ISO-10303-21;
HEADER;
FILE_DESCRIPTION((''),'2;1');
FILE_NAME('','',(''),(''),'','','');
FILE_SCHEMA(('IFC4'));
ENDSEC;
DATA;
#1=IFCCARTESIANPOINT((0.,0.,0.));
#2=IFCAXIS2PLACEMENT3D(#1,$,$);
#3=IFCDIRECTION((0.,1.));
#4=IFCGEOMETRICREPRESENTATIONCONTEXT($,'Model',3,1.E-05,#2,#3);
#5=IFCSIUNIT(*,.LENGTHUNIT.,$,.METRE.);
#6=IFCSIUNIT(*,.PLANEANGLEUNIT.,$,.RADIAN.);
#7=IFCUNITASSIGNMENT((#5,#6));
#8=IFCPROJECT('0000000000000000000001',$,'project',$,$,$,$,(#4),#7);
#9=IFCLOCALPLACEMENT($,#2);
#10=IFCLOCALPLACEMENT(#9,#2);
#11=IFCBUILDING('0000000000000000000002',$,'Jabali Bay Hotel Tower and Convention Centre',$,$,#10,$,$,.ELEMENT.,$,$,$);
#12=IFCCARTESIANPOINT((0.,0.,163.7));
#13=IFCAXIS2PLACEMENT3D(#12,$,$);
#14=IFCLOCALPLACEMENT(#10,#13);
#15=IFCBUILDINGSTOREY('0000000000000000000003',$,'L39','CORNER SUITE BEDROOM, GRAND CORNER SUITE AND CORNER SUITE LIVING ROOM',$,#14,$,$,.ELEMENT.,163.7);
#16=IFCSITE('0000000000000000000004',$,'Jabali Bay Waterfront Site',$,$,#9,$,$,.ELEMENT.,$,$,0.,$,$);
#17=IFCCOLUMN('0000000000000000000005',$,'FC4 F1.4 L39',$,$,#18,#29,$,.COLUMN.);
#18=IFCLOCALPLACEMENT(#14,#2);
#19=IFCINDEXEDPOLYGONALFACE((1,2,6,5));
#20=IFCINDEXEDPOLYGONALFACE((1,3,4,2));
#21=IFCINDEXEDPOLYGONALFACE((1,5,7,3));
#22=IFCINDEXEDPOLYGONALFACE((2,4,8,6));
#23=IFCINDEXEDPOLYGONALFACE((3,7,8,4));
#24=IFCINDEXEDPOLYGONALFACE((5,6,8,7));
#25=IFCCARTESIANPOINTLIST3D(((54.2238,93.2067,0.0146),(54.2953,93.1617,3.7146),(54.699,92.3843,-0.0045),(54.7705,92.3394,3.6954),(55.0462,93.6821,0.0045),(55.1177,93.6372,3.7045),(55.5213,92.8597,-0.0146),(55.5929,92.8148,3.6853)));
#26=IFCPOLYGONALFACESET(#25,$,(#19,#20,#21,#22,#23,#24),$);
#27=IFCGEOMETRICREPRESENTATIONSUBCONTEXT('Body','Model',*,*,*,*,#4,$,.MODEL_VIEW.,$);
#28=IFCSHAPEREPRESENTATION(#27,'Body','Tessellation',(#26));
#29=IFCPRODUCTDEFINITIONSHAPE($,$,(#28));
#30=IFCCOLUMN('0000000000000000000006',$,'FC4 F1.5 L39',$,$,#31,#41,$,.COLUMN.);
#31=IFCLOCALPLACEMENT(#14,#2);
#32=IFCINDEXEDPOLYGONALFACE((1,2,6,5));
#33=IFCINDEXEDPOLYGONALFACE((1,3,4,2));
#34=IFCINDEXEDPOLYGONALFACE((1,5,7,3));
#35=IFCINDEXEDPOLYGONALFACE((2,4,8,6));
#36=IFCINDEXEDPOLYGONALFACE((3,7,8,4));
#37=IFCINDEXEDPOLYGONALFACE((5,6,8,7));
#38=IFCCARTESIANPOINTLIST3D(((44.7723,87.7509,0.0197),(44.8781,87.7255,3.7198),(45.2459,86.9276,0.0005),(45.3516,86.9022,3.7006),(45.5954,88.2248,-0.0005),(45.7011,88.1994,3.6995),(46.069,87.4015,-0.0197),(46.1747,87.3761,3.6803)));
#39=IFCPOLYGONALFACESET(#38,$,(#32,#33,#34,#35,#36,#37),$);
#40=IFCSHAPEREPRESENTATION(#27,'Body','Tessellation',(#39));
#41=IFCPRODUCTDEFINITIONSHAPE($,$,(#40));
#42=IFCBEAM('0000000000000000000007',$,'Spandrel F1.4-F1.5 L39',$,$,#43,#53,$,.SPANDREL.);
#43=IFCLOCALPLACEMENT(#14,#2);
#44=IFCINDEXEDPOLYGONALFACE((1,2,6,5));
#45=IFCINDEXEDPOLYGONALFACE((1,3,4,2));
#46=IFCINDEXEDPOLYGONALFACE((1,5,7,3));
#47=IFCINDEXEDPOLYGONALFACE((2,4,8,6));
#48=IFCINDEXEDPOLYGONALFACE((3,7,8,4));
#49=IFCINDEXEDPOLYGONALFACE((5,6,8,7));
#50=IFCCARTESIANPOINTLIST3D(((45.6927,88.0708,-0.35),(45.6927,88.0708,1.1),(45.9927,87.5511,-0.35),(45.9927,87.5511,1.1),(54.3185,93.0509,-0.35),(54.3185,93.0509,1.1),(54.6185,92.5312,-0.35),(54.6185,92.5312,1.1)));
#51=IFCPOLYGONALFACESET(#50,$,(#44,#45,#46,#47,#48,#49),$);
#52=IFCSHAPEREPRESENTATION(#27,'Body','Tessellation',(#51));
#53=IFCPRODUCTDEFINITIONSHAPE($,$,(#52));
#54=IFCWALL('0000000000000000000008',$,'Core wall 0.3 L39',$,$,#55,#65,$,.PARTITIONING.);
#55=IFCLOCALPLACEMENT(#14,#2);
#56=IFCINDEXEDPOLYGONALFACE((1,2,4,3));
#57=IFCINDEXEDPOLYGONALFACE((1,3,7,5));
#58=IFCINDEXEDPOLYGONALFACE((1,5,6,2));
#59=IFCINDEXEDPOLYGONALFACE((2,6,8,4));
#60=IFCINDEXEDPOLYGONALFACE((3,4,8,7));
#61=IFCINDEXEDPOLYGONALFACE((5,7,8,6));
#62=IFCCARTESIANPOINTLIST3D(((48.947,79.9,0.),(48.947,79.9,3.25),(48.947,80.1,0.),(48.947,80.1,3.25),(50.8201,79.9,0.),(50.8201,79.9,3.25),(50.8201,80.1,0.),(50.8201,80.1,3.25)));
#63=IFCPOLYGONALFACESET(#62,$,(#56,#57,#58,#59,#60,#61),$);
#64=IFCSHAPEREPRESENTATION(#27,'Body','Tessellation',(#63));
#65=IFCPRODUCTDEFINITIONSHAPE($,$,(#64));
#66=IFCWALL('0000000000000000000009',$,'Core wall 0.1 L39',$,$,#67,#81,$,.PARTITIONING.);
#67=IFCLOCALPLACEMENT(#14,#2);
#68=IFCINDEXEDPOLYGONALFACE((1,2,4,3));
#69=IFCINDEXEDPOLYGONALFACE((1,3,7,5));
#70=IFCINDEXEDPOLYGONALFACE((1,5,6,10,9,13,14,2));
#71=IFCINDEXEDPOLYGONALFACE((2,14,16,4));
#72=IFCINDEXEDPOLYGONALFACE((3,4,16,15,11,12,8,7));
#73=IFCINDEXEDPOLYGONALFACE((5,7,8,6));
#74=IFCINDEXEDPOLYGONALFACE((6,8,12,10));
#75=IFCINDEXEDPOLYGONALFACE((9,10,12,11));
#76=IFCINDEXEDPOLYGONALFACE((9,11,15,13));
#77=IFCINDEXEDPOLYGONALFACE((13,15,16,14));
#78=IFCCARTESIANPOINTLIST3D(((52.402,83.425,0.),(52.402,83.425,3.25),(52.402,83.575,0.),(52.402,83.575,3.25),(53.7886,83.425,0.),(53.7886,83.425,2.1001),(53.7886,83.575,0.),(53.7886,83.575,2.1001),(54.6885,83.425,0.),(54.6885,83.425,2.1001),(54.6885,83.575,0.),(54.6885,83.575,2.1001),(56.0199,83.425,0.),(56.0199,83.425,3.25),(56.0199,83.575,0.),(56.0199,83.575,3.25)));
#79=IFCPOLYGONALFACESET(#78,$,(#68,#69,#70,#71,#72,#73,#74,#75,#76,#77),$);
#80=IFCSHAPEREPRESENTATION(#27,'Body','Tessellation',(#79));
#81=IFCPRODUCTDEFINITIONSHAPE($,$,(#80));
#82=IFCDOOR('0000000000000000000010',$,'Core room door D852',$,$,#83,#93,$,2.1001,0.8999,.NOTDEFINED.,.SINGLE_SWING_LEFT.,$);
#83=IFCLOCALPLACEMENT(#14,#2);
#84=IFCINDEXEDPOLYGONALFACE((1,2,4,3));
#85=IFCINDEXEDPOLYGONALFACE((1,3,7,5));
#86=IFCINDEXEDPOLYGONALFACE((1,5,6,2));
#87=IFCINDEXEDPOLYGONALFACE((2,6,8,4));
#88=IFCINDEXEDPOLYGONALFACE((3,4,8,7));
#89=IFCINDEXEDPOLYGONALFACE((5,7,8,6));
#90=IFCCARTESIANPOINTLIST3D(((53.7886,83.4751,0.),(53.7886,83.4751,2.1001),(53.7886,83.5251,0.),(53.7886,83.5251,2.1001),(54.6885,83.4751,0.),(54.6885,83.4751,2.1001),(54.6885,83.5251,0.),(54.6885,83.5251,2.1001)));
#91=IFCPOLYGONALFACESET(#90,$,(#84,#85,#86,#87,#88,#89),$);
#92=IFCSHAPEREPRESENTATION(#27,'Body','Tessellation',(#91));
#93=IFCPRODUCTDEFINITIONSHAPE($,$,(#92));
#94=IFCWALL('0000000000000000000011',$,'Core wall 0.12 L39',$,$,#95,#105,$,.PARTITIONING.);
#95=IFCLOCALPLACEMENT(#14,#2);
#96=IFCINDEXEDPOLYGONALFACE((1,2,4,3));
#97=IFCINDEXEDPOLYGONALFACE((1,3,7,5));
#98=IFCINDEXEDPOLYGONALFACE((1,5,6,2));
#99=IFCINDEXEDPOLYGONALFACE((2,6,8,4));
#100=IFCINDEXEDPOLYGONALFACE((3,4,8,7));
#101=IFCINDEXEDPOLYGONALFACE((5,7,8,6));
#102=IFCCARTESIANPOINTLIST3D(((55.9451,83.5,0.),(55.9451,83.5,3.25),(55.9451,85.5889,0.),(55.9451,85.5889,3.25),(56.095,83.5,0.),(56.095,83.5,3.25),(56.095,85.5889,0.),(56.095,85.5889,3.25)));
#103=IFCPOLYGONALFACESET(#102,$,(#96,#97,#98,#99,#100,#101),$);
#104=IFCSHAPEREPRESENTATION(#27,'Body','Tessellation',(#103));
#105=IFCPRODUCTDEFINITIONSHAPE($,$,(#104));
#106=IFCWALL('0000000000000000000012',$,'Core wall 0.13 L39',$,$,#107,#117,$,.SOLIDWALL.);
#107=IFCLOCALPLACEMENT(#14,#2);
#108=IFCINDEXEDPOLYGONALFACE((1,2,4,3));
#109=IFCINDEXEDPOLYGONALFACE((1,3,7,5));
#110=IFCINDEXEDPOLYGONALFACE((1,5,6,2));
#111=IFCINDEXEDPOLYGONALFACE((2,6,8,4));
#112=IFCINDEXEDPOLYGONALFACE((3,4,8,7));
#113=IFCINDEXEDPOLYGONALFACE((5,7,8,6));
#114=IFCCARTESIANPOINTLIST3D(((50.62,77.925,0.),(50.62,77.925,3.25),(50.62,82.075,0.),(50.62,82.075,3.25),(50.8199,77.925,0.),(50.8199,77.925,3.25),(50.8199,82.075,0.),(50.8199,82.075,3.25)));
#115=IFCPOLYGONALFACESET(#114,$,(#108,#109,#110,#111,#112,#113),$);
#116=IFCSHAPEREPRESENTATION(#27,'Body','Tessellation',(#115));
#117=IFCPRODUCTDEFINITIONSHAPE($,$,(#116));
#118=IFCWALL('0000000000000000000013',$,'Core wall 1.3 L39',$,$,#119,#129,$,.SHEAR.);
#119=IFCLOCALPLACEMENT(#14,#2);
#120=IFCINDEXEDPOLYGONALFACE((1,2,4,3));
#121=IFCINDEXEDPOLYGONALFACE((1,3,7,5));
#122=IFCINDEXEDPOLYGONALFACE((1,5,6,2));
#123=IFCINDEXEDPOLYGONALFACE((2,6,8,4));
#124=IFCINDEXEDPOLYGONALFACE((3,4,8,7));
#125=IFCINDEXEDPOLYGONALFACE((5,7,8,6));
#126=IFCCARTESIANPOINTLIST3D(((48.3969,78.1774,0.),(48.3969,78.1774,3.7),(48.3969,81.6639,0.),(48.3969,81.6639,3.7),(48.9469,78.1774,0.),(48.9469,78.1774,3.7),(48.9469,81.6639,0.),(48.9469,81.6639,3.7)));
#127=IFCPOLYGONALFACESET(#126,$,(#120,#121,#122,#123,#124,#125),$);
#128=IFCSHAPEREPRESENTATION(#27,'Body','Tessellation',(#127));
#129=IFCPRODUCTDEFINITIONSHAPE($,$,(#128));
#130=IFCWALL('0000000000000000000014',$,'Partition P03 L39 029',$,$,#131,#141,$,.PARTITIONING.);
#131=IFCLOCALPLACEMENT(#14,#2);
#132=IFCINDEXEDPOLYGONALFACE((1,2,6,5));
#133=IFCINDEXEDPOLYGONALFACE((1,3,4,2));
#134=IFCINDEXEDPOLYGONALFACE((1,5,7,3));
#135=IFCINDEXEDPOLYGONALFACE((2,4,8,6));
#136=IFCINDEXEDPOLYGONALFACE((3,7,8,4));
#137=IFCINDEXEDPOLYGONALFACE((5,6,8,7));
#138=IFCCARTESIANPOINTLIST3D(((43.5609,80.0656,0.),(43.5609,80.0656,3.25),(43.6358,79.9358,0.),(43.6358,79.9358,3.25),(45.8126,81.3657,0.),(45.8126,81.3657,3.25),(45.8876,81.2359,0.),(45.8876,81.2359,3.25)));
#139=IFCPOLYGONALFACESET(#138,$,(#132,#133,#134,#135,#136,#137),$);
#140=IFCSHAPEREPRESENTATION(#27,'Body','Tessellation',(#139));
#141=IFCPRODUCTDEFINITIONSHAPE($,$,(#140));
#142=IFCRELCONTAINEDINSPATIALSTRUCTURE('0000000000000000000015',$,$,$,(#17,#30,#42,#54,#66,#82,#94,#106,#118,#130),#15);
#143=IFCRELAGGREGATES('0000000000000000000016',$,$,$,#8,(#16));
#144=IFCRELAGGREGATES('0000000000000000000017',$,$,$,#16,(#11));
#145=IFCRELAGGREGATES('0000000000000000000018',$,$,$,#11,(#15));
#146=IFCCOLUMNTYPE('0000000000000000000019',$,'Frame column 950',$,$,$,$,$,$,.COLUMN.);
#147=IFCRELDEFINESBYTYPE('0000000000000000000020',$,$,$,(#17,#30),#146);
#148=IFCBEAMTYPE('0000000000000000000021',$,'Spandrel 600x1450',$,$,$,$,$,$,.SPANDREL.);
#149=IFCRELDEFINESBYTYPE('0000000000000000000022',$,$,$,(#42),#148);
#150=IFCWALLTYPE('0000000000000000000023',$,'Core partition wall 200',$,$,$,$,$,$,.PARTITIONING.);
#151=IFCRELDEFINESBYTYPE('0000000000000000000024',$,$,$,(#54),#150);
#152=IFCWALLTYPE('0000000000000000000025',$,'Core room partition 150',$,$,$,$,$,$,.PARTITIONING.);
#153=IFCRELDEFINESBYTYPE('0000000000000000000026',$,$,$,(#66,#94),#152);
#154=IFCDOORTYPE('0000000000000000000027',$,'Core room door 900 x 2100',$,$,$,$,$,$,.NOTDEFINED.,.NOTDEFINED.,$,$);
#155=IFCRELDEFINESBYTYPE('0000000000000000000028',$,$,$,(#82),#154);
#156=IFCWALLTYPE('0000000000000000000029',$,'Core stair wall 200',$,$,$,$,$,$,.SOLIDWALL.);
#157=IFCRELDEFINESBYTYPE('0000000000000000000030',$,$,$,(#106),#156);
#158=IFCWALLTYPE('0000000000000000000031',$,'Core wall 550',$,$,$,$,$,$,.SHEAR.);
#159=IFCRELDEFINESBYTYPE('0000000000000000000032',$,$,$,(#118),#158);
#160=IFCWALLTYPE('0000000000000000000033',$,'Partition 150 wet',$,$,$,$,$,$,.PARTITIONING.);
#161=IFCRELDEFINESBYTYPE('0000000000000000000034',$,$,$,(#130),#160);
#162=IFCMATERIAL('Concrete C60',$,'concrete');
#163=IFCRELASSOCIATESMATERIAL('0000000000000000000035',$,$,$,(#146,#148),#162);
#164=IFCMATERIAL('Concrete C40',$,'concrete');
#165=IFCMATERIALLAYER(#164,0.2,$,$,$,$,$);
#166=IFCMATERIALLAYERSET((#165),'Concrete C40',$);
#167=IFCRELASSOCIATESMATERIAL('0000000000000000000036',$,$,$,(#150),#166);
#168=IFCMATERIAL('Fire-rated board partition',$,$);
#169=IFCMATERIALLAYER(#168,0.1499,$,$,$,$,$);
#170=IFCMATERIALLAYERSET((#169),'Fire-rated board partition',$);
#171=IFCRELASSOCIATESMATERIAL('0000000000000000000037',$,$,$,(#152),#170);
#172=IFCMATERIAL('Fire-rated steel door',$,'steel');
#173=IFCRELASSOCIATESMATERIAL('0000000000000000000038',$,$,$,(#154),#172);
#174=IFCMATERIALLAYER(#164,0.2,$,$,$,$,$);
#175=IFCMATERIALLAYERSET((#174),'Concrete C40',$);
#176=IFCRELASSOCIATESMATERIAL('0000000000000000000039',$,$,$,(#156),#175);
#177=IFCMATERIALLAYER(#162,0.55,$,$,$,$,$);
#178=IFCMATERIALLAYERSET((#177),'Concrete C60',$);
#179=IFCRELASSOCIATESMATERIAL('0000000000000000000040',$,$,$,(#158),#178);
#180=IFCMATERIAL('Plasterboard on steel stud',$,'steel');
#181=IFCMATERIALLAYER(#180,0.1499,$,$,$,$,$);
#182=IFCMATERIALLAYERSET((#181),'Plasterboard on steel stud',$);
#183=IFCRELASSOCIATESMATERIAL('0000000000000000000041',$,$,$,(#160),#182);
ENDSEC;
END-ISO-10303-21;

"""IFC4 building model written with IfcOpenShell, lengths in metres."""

from ifc_helpers import new_model, si_unit, direction, frame, frame_2d, origin, origin_2d, place, context, subcontext, project, spatial, rectangle, extrude, material, layer, layer_set, material_profile, profile_set, type_object, element, fill, save


model = new_model("IFC4")

# Units and contexts
model_context = context("Model", 3, precision=1e-05, world=origin(), true_north=direction((0.0, 1.0)))
body_context = subcontext(model_context, "Body", "Model", "MODEL_VIEW")
ifc_project = project(units=[si_unit("LENGTHUNIT", "METRE"), si_unit("PLANEANGLEUNIT", "RADIAN")], contexts=[model_context])

# Site, building, storey
site_placement = place(None, origin())
site = spatial("IfcSite", under=ifc_project, at=site_placement, Name="Jabali Bay Waterfront Site", CompositionType="ELEMENT", RefElevation=0.0)
building_placement = place(site_placement, origin())
building = spatial("IfcBuilding", under=site, at=building_placement, Name="Jabali Bay Hotel Tower and Convention Centre", CompositionType="ELEMENT")
storey_placement = place(building_placement, frame((0.0, 0.0, 163.7)))
storey = spatial("IfcBuildingStorey", under=building, at=storey_placement, Name="L39", Description="CORNER SUITE BEDROOM, GRAND CORNER SUITE AND CORNER SUITE LIVING ROOM", CompositionType="ELEMENT", Elevation=163.7)

# Columns
ifc_material_1 = material(Name="Concrete C60", Category="concrete")
ifc_material_profile_1 = material_profile(ifc_material_1, rectangle(XDim=0.95, YDim=0.95, at=origin_2d()), Name="Frame column 950")
ifc_profile_set_1 = profile_set([ifc_material_profile_1], Name="Concrete C60")
column_type = type_object("IfcColumnType", Name="Frame column 950", PredefinedType="COLUMN", material=ifc_profile_set_1)
column_1_placement = place(storey_placement, frame((54.8726, 93.0332, 0.0), z_axis=(0.019329, -0.012138, 0.99974), x_axis=(-0.500206, 0.865671, 0.020181)))
element("IfcColumn", 1, at=column_1_placement, inside=storey, type_object=column_type, Name="FC4 F1.4 L39", PredefinedType="COLUMN", context=body_context, shape_type="SweptSolid", body=[
    extrude(rectangle(XDim=0.95, YDim=0.95, at=origin_2d()), origin(), (0.0, 0.0, 1.0), 3.7009),
])
column_2_placement = place(storey_placement, frame((45.4207, 87.5762, 0.0), z_axis=(0.028559, -0.006859, 0.999569), x_axis=(-0.498507, 0.86665, 0.02019)))
element("IfcColumn", 2, at=column_2_placement, inside=storey, type_object=column_type, Name="FC4 F1.5 L39", PredefinedType="COLUMN", context=body_context, shape_type="SweptSolid", body=[
    extrude(rectangle(XDim=0.95, YDim=0.95, at=origin_2d()), origin(), (0.0, 0.0, 1.0), 3.7017),
])

# Beam
ifc_material_profile_2 = material_profile(ifc_material_1, rectangle(XDim=0.6001, YDim=1.45, at=origin_2d()), Name="Spandrel 600x1450")
ifc_profile_set_2 = profile_set([ifc_material_profile_2], Name="Concrete C60")
beam_type = type_object("IfcBeamType", Name="Spandrel 600x1450", PredefinedType="SPANDREL", material=ifc_profile_set_2)
beam_placement = place(storey_placement, frame((54.4685, 92.791, 0.375), z_axis=(-0.866029, -0.499993, 0.0), x_axis=(0.499993, -0.866029, 0.0)))
element("IfcBeam", 3, at=beam_placement, inside=storey, type_object=beam_type, Name="Spandrel F1.4-F1.5 L39", PredefinedType="SPANDREL", context=body_context, shape_type="SweptSolid", body=[
    extrude(rectangle(XDim=0.6001, YDim=1.45, at=origin_2d()), origin(), (0.0, 0.0, 1.0), 9.9602),
])

# Wall
ifc_material_2 = material(Name="Concrete C40", Category="concrete")
ifc_layer_1 = layer(ifc_material_2, 0.2)
ifc_layer_set_1 = layer_set([ifc_layer_1], Name="Concrete C40")
wall_type_1 = type_object("IfcWallType", Name="Core partition wall 200", PredefinedType="PARTITIONING", material=ifc_layer_set_1)
wall_1_placement = place(storey_placement, frame((50.8201, 80.0, 0.0), z_axis=(0.0, 0.0, 1.0), x_axis=(-1.0, 0.0, 0.0)))
element("IfcWall", 4, at=wall_1_placement, inside=storey, type_object=wall_type_1, Name="Core wall 0.3 L39", PredefinedType="PARTITIONING", context=body_context, shape_type="SweptSolid", body=[
    extrude(rectangle(XDim=1.873, YDim=0.2, at=frame_2d((0.9365, 0.0))), origin(), (0.0, 0.0, 1.0), 3.25),
])

# Wall, opening, door
ifc_material_3 = material(Name="Fire-rated board partition")
ifc_layer_2 = layer(ifc_material_3, 0.1499)
ifc_layer_set_2 = layer_set([ifc_layer_2], Name="Fire-rated board partition")
wall_type_2 = type_object("IfcWallType", Name="Core room partition 150", PredefinedType="PARTITIONING", material=ifc_layer_set_2)
wall_2_placement = place(storey_placement, frame((56.02, 83.5, 0.0), z_axis=(0.0, 0.0, 1.0), x_axis=(-1.0, 0.0, 0.0)))
wall_2 = element("IfcWall", 5, at=wall_2_placement, inside=storey, type_object=wall_type_2, Name="Core wall 0.1 L39", PredefinedType="PARTITIONING", context=body_context, shape_type="SweptSolid", body=[
    extrude(rectangle(XDim=3.6179, YDim=0.1499, at=frame_2d((1.8091, 0.0))), origin(), (0.0, 0.0, 1.0), 3.25),
])
opening_placement = place(wall_2_placement, frame((1.3315, 0.0, 0.0)))
opening = element("IfcOpeningElement", 6, at=opening_placement, cuts=wall_2, PredefinedType="OPENING", context=body_context, shape_type="SweptSolid", body=[
    extrude(rectangle(XDim=0.8999, YDim=2.1001, at=frame_2d((0.45, 1.05))), frame((0.0, 0.0854, 0.0), z_axis=(0.0, -1.0, 0.0), x_axis=(1.0, 0.0, 0.0)), (0.0, 0.0, 1.0), 0.1709),
])
ifc_material_4 = material(Name="Fire-rated steel door", Category="steel")
door_type = type_object("IfcDoorType", Name="Core room door 900 x 2100", OperationType="NOTDEFINED", PredefinedType="NOTDEFINED", material=ifc_material_4)
door_placement = place(opening_placement, origin())
door = element("IfcDoor", 7, at=door_placement, inside=storey, type_object=door_type, Name="Core room door D852", OperationType="SINGLE_SWING_LEFT", OverallHeight=2.1001, OverallWidth=0.8999, PredefinedType="NOTDEFINED", context=body_context, shape_type="SweptSolid", body=[
    extrude(rectangle(XDim=0.8999, YDim=2.1001, at=frame_2d((0.45, 1.05))), frame((0.0, 0.0249, 0.0), z_axis=(0.0, -1.0, 0.0), x_axis=(1.0, 0.0, 0.0)), (0.0, 0.0, 1.0), 0.05),
])
fill(opening, door)

# Walls
wall_3_placement = place(storey_placement, frame((56.02, 85.5889, 0.0), z_axis=(0.0, 0.0, 1.0), x_axis=(0.0, -1.0, 0.0)))
element("IfcWall", 8, at=wall_3_placement, inside=storey, type_object=wall_type_2, Name="Core wall 0.12 L39", PredefinedType="PARTITIONING", context=body_context, shape_type="SweptSolid", body=[
    extrude(rectangle(XDim=2.0889, YDim=0.1499, at=frame_2d((1.0444, 0.0))), origin(), (0.0, 0.0, 1.0), 3.25),
])
ifc_layer_3 = layer(ifc_material_2, 0.2)
ifc_layer_set_3 = layer_set([ifc_layer_3], Name="Concrete C40")
wall_type_3 = type_object("IfcWallType", Name="Core stair wall 200", PredefinedType="SOLIDWALL", material=ifc_layer_set_3)
wall_4_placement = place(storey_placement, frame((50.72, 82.075, 0.0), z_axis=(0.0, 0.0, 1.0), x_axis=(0.0, -1.0, 0.0)))
element("IfcWall", 9, at=wall_4_placement, inside=storey, type_object=wall_type_3, Name="Core wall 0.13 L39", PredefinedType="SOLIDWALL", context=body_context, shape_type="SweptSolid", body=[
    extrude(rectangle(XDim=4.1499, YDim=0.2, at=frame_2d((2.075, 0.0))), origin(), (0.0, 0.0, 1.0), 3.25),
])
ifc_layer_4 = layer(ifc_material_1, 0.55)
ifc_layer_set_4 = layer_set([ifc_layer_4], Name="Concrete C60")
wall_type_4 = type_object("IfcWallType", Name="Core wall 550", PredefinedType="SHEAR", material=ifc_layer_set_4)
wall_5_placement = place(storey_placement, frame((48.6719, 81.6638, 0.0), z_axis=(0.0, 0.0, 1.0), x_axis=(0.0, -1.0, 0.0)))
element("IfcWall", 10, at=wall_5_placement, inside=storey, type_object=wall_type_4, Name="Core wall 1.3 L39", PredefinedType="SHEAR", context=body_context, shape_type="SweptSolid", body=[
    extrude(rectangle(XDim=3.4866, YDim=0.55, at=frame_2d((1.7432, 0.0))), origin(), (0.0, 0.0, 1.0), 3.7),
])
ifc_material_5 = material(Name="Plasterboard on steel stud", Category="steel")
ifc_layer_5 = layer(ifc_material_5, 0.1499)
ifc_layer_set_5 = layer_set([ifc_layer_5], Name="Plasterboard on steel stud")
wall_type_5 = type_object("IfcWallType", Name="Partition 150 wet", PredefinedType="PARTITIONING", material=ifc_layer_set_5)
wall_6_placement = place(storey_placement, frame((45.8501, 81.3008, 0.0), z_axis=(0.0, 0.0, 1.0), x_axis=(-0.866021, -0.500007, 0.0)))
element("IfcWall", 11, at=wall_6_placement, inside=storey, type_object=wall_type_5, Name="Partition P03 L39 029", PredefinedType="PARTITIONING", context=body_context, shape_type="SweptSolid", body=[
    extrude(rectangle(XDim=2.6001, YDim=0.1499, at=frame_2d((1.3, 0.0))), origin(), (0.0, 0.0, 1.0), 3.25),
])

save(model, "model.ifc")
